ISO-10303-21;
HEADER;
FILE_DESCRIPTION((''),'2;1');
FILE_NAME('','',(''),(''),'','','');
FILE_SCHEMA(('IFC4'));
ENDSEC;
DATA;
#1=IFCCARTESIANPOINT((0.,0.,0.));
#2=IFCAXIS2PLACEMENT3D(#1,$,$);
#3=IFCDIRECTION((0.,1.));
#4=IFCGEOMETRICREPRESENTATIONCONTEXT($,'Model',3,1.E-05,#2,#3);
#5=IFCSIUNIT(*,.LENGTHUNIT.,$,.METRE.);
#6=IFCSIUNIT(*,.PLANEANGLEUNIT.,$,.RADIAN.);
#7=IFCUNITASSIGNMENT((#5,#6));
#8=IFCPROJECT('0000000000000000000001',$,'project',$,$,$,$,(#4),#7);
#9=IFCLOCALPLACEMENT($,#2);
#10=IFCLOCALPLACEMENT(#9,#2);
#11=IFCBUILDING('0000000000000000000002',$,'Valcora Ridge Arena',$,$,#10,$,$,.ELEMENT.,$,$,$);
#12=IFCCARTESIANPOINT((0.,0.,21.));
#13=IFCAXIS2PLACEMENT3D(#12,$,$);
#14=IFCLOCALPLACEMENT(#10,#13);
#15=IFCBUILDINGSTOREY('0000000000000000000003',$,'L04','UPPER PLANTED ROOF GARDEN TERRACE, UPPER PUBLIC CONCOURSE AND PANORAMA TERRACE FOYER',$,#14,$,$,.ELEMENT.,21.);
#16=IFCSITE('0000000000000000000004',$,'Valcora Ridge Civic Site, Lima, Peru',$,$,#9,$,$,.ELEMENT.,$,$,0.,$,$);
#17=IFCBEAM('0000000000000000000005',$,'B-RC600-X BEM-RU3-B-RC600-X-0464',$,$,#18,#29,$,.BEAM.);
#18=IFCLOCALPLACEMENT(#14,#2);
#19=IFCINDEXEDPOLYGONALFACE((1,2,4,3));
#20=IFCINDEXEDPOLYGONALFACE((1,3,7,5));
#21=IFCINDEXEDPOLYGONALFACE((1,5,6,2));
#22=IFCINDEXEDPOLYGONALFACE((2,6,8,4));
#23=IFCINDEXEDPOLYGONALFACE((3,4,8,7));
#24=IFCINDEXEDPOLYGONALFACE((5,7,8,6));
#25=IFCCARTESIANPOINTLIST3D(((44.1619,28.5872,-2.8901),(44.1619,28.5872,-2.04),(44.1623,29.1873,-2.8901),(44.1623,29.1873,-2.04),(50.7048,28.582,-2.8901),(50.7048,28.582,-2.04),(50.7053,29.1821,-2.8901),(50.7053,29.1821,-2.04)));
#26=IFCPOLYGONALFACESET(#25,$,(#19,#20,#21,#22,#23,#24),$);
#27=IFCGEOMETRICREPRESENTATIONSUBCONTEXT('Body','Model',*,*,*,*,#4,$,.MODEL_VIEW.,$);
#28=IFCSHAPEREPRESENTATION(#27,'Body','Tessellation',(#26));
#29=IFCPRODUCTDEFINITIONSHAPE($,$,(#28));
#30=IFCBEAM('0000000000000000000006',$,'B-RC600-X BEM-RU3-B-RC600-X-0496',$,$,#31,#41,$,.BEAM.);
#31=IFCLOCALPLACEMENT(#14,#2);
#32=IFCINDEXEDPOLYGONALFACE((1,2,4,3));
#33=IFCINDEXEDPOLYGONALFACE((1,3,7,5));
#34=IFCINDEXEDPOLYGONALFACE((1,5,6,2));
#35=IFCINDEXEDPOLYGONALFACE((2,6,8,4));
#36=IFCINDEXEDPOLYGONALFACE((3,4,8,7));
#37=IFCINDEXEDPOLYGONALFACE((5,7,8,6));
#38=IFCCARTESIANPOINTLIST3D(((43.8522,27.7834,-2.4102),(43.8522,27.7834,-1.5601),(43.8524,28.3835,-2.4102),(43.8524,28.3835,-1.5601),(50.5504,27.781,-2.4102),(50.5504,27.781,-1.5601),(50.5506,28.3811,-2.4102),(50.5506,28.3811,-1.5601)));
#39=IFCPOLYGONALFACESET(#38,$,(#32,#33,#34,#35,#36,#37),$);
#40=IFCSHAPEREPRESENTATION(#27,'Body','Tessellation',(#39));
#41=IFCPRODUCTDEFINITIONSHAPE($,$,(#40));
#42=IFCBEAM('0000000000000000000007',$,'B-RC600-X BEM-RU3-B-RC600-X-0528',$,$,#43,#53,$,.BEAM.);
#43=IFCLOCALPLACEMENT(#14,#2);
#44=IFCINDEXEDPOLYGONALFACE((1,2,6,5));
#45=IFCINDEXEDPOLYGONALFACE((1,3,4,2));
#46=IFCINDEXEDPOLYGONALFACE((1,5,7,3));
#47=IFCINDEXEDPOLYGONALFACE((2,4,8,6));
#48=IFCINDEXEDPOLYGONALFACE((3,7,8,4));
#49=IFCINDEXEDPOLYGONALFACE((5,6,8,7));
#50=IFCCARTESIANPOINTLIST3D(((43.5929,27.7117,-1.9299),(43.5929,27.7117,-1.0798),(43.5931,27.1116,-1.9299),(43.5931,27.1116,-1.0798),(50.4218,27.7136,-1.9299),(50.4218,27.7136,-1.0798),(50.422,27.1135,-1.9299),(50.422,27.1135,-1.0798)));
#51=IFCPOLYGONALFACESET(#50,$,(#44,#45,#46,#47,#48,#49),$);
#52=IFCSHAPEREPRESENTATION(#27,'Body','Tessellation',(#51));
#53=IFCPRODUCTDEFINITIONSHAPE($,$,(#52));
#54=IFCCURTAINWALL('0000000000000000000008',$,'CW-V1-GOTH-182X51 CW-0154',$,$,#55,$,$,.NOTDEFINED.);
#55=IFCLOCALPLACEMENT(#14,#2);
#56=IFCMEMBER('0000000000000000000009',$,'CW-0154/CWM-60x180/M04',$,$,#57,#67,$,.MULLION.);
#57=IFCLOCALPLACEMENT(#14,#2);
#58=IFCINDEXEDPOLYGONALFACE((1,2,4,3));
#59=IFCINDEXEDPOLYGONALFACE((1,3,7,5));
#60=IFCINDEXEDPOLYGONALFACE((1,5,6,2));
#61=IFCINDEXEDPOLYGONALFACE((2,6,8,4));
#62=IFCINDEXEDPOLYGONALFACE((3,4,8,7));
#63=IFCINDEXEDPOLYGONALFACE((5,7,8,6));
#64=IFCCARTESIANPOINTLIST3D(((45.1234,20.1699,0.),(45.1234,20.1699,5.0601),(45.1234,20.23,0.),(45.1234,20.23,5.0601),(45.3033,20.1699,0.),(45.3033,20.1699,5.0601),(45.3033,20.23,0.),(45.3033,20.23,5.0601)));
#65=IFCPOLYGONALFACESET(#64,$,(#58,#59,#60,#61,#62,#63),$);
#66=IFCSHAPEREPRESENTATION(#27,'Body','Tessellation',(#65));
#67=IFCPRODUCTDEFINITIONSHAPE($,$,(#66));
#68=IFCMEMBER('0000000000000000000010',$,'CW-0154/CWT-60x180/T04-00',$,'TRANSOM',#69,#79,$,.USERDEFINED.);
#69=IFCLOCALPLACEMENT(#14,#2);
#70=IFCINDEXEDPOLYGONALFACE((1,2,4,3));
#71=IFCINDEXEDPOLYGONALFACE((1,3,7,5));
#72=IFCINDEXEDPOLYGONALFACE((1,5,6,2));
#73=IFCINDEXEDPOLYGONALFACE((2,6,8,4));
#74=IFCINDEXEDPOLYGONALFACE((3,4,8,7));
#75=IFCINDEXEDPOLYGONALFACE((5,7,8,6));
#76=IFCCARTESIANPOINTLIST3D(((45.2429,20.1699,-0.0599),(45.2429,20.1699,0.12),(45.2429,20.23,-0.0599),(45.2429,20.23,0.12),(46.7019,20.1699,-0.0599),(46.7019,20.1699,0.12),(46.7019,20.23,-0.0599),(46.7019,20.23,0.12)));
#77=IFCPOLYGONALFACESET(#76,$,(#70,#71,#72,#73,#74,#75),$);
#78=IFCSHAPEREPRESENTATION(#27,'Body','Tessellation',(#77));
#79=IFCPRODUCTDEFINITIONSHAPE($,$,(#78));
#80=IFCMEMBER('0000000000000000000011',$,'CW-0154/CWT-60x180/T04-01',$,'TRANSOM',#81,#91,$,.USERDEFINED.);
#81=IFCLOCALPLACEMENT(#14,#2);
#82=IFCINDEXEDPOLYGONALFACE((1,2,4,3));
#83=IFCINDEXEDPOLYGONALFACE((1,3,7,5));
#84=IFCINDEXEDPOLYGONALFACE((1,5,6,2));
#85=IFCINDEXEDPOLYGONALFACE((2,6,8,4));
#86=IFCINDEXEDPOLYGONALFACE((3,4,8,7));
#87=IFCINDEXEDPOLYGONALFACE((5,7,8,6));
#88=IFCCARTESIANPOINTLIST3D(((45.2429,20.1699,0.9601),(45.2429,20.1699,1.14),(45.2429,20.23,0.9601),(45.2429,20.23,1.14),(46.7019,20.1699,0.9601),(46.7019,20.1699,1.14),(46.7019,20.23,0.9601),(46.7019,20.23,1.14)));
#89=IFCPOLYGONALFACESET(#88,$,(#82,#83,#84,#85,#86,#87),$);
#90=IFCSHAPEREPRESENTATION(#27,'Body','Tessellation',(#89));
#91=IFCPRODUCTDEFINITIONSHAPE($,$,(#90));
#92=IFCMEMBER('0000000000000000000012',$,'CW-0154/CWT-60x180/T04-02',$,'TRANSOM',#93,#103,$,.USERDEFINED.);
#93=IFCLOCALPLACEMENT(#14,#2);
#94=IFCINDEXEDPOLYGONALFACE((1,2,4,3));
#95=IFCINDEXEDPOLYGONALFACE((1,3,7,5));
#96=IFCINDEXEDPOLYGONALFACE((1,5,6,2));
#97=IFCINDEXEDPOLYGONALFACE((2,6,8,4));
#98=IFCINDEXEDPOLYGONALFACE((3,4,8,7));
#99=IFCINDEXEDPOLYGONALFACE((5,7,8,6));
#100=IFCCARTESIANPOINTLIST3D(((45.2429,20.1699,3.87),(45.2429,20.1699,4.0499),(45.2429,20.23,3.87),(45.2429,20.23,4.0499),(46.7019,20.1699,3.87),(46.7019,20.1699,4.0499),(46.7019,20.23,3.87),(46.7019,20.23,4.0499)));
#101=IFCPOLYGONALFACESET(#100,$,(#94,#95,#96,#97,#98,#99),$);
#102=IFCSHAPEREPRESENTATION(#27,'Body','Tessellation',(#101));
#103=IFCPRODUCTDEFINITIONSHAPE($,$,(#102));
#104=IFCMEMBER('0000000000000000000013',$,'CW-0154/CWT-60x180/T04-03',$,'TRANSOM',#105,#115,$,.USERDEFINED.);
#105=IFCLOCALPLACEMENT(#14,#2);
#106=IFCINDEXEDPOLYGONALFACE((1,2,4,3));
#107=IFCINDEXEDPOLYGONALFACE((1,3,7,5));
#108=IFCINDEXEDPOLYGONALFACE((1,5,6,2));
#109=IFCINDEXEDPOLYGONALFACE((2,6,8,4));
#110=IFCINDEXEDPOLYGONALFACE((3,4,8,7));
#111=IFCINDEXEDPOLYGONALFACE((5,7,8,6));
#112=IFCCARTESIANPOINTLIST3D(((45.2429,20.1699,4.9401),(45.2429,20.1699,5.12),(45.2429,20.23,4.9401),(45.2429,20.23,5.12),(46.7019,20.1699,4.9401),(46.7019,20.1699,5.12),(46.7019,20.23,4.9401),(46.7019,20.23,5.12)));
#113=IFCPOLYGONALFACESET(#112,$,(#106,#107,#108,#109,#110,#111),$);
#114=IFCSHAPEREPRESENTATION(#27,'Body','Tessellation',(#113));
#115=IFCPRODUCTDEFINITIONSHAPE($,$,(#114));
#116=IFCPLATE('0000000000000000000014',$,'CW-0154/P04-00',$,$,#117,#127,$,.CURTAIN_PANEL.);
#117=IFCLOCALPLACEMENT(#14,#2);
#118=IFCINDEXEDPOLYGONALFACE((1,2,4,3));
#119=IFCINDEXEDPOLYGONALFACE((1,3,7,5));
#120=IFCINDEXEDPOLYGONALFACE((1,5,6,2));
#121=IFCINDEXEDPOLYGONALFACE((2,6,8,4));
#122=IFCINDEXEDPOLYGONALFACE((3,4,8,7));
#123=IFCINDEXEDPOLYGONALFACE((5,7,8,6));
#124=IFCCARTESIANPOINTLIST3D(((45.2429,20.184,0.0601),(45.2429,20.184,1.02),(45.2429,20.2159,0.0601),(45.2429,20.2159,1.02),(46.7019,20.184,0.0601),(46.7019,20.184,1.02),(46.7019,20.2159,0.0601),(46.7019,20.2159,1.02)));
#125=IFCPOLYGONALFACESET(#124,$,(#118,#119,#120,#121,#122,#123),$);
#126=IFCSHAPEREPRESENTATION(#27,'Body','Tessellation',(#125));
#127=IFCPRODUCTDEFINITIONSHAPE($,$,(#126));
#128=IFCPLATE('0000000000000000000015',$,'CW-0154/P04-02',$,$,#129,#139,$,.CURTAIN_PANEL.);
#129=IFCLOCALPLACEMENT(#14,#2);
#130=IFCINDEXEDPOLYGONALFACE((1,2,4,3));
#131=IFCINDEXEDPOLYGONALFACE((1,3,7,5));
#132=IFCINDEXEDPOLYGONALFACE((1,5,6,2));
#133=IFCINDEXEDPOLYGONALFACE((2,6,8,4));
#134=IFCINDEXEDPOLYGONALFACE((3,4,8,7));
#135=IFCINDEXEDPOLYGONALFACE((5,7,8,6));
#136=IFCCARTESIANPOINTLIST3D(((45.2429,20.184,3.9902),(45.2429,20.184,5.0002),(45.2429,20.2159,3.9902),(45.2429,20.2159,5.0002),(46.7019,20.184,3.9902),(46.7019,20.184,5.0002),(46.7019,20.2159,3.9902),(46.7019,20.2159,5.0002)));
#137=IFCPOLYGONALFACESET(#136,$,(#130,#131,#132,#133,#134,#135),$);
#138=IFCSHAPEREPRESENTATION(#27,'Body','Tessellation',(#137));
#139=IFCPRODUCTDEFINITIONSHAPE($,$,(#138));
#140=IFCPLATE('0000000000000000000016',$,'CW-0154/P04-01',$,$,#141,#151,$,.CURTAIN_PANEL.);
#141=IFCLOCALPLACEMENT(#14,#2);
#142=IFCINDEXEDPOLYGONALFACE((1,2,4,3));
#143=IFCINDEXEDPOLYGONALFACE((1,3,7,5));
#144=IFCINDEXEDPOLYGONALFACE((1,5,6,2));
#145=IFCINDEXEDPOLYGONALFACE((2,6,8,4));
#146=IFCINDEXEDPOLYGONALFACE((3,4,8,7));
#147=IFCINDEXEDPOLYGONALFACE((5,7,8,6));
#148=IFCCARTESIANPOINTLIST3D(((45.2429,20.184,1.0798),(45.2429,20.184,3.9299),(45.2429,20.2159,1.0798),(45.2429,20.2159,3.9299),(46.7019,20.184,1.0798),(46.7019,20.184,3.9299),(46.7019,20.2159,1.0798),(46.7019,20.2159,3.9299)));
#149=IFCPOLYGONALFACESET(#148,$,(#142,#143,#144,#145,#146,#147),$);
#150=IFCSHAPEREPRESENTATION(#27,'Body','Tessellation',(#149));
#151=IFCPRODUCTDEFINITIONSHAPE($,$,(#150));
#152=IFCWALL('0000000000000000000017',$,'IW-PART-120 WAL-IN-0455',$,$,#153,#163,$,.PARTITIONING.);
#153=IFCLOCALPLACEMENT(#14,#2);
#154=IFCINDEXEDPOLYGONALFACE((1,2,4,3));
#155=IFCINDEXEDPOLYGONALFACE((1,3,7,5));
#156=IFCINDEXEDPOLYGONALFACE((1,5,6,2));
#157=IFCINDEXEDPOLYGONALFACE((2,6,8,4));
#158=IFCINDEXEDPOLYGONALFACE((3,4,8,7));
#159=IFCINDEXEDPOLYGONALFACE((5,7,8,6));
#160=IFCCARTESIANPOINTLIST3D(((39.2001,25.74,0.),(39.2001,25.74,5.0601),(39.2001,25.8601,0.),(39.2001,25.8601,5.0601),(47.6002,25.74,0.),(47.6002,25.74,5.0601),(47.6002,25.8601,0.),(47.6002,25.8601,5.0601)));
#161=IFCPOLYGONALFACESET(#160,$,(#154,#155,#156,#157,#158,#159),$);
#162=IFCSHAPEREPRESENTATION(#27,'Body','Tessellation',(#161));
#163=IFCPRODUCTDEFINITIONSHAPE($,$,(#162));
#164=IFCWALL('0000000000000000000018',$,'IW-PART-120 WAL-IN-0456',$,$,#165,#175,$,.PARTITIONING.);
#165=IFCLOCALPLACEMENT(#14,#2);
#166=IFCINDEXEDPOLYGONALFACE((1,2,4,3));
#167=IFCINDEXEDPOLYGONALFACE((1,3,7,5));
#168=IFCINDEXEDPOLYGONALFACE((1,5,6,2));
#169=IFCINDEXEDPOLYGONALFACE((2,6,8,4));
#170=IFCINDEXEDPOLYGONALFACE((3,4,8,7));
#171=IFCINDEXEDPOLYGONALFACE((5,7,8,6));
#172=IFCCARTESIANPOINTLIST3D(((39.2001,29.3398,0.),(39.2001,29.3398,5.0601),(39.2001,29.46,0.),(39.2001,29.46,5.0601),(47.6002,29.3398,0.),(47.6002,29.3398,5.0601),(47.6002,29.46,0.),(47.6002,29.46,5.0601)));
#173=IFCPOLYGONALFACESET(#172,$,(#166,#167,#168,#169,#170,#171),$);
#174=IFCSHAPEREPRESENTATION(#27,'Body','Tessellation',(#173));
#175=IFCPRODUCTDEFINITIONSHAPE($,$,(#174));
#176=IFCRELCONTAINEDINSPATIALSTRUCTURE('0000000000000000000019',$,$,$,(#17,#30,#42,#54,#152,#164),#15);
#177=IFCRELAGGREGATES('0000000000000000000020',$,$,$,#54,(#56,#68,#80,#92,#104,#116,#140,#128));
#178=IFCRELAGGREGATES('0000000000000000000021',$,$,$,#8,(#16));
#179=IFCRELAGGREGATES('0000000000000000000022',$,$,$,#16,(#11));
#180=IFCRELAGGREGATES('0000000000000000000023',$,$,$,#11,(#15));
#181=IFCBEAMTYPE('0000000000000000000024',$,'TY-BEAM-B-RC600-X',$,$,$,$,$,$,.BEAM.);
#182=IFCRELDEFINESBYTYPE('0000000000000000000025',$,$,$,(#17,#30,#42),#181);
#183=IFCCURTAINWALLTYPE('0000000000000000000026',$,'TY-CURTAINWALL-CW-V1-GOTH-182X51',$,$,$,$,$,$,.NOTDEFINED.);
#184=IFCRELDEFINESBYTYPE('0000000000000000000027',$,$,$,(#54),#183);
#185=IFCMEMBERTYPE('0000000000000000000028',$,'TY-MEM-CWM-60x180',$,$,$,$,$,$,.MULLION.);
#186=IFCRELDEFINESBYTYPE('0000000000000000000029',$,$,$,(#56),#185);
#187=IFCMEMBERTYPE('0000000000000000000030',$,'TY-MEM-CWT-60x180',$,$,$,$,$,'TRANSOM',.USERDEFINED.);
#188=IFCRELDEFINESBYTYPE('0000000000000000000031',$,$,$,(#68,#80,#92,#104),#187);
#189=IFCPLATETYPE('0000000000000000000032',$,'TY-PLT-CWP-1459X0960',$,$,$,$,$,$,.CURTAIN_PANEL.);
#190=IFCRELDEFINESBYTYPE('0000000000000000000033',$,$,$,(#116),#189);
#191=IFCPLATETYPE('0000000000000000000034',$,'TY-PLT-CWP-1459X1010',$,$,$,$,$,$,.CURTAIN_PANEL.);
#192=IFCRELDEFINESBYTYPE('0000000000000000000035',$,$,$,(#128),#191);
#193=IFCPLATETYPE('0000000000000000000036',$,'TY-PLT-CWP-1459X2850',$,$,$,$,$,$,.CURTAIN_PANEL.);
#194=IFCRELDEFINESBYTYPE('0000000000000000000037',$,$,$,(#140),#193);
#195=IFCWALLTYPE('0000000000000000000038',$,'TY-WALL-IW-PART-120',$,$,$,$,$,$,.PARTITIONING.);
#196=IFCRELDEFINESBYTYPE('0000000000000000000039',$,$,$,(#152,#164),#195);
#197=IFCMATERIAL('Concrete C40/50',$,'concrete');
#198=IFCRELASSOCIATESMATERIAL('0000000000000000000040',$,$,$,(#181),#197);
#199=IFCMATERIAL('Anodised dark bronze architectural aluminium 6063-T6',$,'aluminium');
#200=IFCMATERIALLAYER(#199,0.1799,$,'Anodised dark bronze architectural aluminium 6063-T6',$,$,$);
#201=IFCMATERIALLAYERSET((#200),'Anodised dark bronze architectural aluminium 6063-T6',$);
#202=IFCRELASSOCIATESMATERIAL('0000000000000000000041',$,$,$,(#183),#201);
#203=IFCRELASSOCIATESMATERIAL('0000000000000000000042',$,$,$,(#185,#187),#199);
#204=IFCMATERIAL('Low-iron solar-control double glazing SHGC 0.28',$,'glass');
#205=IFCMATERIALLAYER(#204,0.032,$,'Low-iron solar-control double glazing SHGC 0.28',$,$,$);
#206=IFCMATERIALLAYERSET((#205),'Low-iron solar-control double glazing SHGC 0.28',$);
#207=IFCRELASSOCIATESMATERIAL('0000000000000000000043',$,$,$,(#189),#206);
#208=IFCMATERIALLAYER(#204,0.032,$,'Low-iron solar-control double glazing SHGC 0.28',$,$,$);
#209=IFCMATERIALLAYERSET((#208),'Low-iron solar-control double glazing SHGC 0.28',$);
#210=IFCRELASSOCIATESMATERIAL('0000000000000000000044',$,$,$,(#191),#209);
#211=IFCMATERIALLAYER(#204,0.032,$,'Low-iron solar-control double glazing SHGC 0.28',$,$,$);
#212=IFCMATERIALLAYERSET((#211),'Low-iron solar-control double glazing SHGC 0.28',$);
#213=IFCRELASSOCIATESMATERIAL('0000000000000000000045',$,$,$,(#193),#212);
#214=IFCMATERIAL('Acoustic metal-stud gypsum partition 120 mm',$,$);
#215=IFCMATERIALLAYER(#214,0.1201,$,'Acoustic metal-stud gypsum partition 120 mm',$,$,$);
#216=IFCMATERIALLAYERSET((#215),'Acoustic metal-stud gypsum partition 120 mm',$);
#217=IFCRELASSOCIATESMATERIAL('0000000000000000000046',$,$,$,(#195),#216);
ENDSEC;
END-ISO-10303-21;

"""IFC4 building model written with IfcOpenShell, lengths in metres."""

from ifc_helpers import new_model, si_unit, direction, frame, frame_2d, origin, origin_2d, place, context, subcontext, project, spatial, rectangle, extrude, material, layer, layer_set, material_profile, profile_set, type_object, element, aggregate, save


model = new_model("IFC4")

# Units and contexts
model_context = context("Model", 3, precision=1e-05, world=origin(), true_north=direction((0.0, 1.0)))
body_context = subcontext(model_context, "Body", "Model", "MODEL_VIEW")
ifc_project = project(units=[si_unit("LENGTHUNIT", "METRE"), si_unit("PLANEANGLEUNIT", "RADIAN")], contexts=[model_context])

# Site, building, storey
site_placement = place(None, origin())
site = spatial("IfcSite", under=ifc_project, at=site_placement, Name="Valcora Ridge Civic Site, Lima, Peru", CompositionType="ELEMENT", RefElevation=0.0)
building_placement = place(site_placement, origin())
building = spatial("IfcBuilding", under=site, at=building_placement, Name="Valcora Ridge Arena", CompositionType="ELEMENT")
storey_placement = place(building_placement, frame((0.0, 0.0, 21.0)))
storey = spatial("IfcBuildingStorey", under=building, at=storey_placement, Name="L04", Description="UPPER PLANTED ROOF GARDEN TERRACE, UPPER PUBLIC CONCOURSE AND PANORAMA TERRACE FOYER", CompositionType="ELEMENT", Elevation=21.0)

# Beams
ifc_material_1 = material(Name="Concrete C40/50", Category="concrete")
ifc_material_profile_1 = material_profile(ifc_material_1, rectangle(XDim=0.6001, YDim=0.8501, at=origin_2d()), Name="RC 600x850")
ifc_profile_set_1 = profile_set([ifc_material_profile_1], Name="Concrete C40/50")
beam_type = type_object("IfcBeamType", Name="TY-BEAM-B-RC600-X", PredefinedType="BEAM", material=ifc_profile_set_1)
beam_1_placement = place(storey_placement, frame((44.1621, 28.8872, -2.4651), z_axis=(1.0, -0.000784, 0.0), x_axis=(0.000784, 1.0, 0.0)))
element("IfcBeam", 1, at=beam_1_placement, inside=storey, type_object=beam_type, Name="B-RC600-X BEM-RU3-B-RC600-X-0464", PredefinedType="BEAM", context=body_context, shape_type="SweptSolid", body=[
    extrude(rectangle(XDim=0.6001, YDim=0.8501, at=origin_2d()), origin(), (0.0, 0.0, 1.0), 6.543),
])
beam_2_placement = place(storey_placement, frame((43.8523, 28.0835, -1.9851), z_axis=(1.0, -0.000364, 0.0), x_axis=(0.000364, 1.0, 0.0)))
element("IfcBeam", 2, at=beam_2_placement, inside=storey, type_object=beam_type, Name="B-RC600-X BEM-RU3-B-RC600-X-0496", PredefinedType="BEAM", context=body_context, shape_type="SweptSolid", body=[
    extrude(rectangle(XDim=0.6001, YDim=0.8501, at=origin_2d()), origin(), (0.0, 0.0, 1.0), 6.6982),
])
beam_3_placement = place(storey_placement, frame((43.593, 27.4116, -1.5049), z_axis=(1.0, 0.000286, 0.0), x_axis=(-0.000286, 1.0, 0.0)))
element("IfcBeam", 3, at=beam_3_placement, inside=storey, type_object=beam_type, Name="B-RC600-X BEM-RU3-B-RC600-X-0528", PredefinedType="BEAM", context=body_context, shape_type="SweptSolid", body=[
    extrude(rectangle(XDim=0.6001, YDim=0.8501, at=origin_2d()), origin(), (0.0, 0.0, 1.0), 6.8289),
])

# Curtain wall, members, plates
ifc_material_2 = material(Name="Anodised dark bronze architectural aluminium 6063-T6", Category="aluminium")
ifc_layer_1 = layer(ifc_material_2, 0.1799, Name="Anodised dark bronze architectural aluminium 6063-T6")
ifc_layer_set_1 = layer_set([ifc_layer_1], Name="Anodised dark bronze architectural aluminium 6063-T6")
curtain_wall_type = type_object("IfcCurtainWallType", Name="TY-CURTAINWALL-CW-V1-GOTH-182X51", PredefinedType="NOTDEFINED", material=ifc_layer_set_1)
curtain_wall_placement = place(storey_placement, origin())
curtain_wall = element("IfcCurtainWall", 4, at=curtain_wall_placement, inside=storey, type_object=curtain_wall_type, Name="CW-V1-GOTH-182X51 CW-0154", PredefinedType="NOTDEFINED")
ifc_material_profile_2 = material_profile(ifc_material_2, rectangle(XDim=0.0601, YDim=0.1799, at=origin_2d()), Name="ALU MULLION 60x180")
ifc_profile_set_2 = profile_set([ifc_material_profile_2], Name="Anodised dark bronze architectural aluminium 6063-T6")
member_type_1 = type_object("IfcMemberType", Name="TY-MEM-CWM-60x180", PredefinedType="MULLION", material=ifc_profile_set_2)
member_1_placement = place(storey_placement, frame((45.2134, 20.2, 0.0), z_axis=(0.0, 0.0, 1.0), x_axis=(0.0, 1.0, 0.0)))
member_1 = element("IfcMember", 5, at=member_1_placement, type_object=member_type_1, Name="CW-0154/CWM-60x180/M04", PredefinedType="MULLION", context=body_context, shape_type="SweptSolid", body=[
    extrude(rectangle(XDim=0.0601, YDim=0.1799, at=origin_2d()), origin(), (0.0, 0.0, 1.0), 5.0601),
])
ifc_material_profile_3 = material_profile(ifc_material_2, rectangle(XDim=0.0601, YDim=0.1799, at=origin_2d()), Name="ALU TRANSOM 60x180")
ifc_profile_set_3 = profile_set([ifc_material_profile_3], Name="Anodised dark bronze architectural aluminium 6063-T6")
member_type_2 = type_object("IfcMemberType", Name="TY-MEM-CWT-60x180", ElementType="TRANSOM", PredefinedType="USERDEFINED", material=ifc_profile_set_3)
member_2_placement = place(storey_placement, frame((45.2429, 20.2, 0.03), z_axis=(1.0, 0.0, 0.0), x_axis=(0.0, 1.0, 0.0)))
member_2 = element("IfcMember", 6, at=member_2_placement, type_object=member_type_2, Name="CW-0154/CWT-60x180/T04-00", ObjectType="TRANSOM", PredefinedType="USERDEFINED", context=body_context, shape_type="SweptSolid", body=[
    extrude(rectangle(XDim=0.0601, YDim=0.1799, at=origin_2d()), origin(), (0.0, 0.0, 1.0), 1.459),
])
member_3_placement = place(storey_placement, frame((45.2429, 20.2, 1.05), z_axis=(1.0, 0.0, 0.0), x_axis=(0.0, 1.0, 0.0)))
member_3 = element("IfcMember", 7, at=member_3_placement, type_object=member_type_2, Name="CW-0154/CWT-60x180/T04-01", ObjectType="TRANSOM", PredefinedType="USERDEFINED", context=body_context, shape_type="SweptSolid", body=[
    extrude(rectangle(XDim=0.0601, YDim=0.1799, at=origin_2d()), origin(), (0.0, 0.0, 1.0), 1.459),
])
member_4_placement = place(storey_placement, frame((45.2429, 20.2, 3.96), z_axis=(1.0, 0.0, 0.0), x_axis=(0.0, 1.0, 0.0)))
member_4 = element("IfcMember", 8, at=member_4_placement, type_object=member_type_2, Name="CW-0154/CWT-60x180/T04-02", ObjectType="TRANSOM", PredefinedType="USERDEFINED", context=body_context, shape_type="SweptSolid", body=[
    extrude(rectangle(XDim=0.0601, YDim=0.1799, at=origin_2d()), origin(), (0.0, 0.0, 1.0), 1.459),
])
member_5_placement = place(storey_placement, frame((45.2429, 20.2, 5.03), z_axis=(1.0, 0.0, 0.0), x_axis=(0.0, 1.0, 0.0)))
member_5 = element("IfcMember", 9, at=member_5_placement, type_object=member_type_2, Name="CW-0154/CWT-60x180/T04-03", ObjectType="TRANSOM", PredefinedType="USERDEFINED", context=body_context, shape_type="SweptSolid", body=[
    extrude(rectangle(XDim=0.0601, YDim=0.1799, at=origin_2d()), origin(), (0.0, 0.0, 1.0), 1.459),
])
ifc_material_3 = material(Name="Low-iron solar-control double glazing SHGC 0.28", Category="glass")
ifc_layer_2 = layer(ifc_material_3, 0.032, Name="Low-iron solar-control double glazing SHGC 0.28")
ifc_layer_set_2 = layer_set([ifc_layer_2], Name="Low-iron solar-control double glazing SHGC 0.28")
plate_type_1 = type_object("IfcPlateType", Name="TY-PLT-CWP-1459X0960", PredefinedType="CURTAIN_PANEL", material=ifc_layer_set_2)
plate_1_placement = place(storey_placement, frame((45.9724, 20.2, 0.0601), z_axis=(0.0, 0.0, 1.0), x_axis=(1.0, 0.0, 0.0)))
plate_1 = element("IfcPlate", 10, at=plate_1_placement, type_object=plate_type_1, Name="CW-0154/P04-00", PredefinedType="CURTAIN_PANEL", context=body_context, shape_type="SweptSolid", body=[
    extrude(rectangle(XDim=1.459, YDim=0.032, at=origin_2d()), origin(), (0.0, 0.0, 1.0), 0.96),
])
ifc_layer_3 = layer(ifc_material_3, 0.032, Name="Low-iron solar-control double glazing SHGC 0.28")
ifc_layer_set_3 = layer_set([ifc_layer_3], Name="Low-iron solar-control double glazing SHGC 0.28")
plate_type_2 = type_object("IfcPlateType", Name="TY-PLT-CWP-1459X1010", PredefinedType="CURTAIN_PANEL", material=ifc_layer_set_3)
plate_2_placement = place(storey_placement, frame((45.9724, 20.2, 3.9902), z_axis=(0.0, 0.0, 1.0), x_axis=(1.0, 0.0, 0.0)))
plate_2 = element("IfcPlate", 11, at=plate_2_placement, type_object=plate_type_2, Name="CW-0154/P04-02", PredefinedType="CURTAIN_PANEL", context=body_context, shape_type="SweptSolid", body=[
    extrude(rectangle(XDim=1.459, YDim=0.032, at=origin_2d()), origin(), (0.0, 0.0, 1.0), 1.01),
])
ifc_layer_4 = layer(ifc_material_3, 0.032, Name="Low-iron solar-control double glazing SHGC 0.28")
ifc_layer_set_4 = layer_set([ifc_layer_4], Name="Low-iron solar-control double glazing SHGC 0.28")
plate_type_3 = type_object("IfcPlateType", Name="TY-PLT-CWP-1459X2850", PredefinedType="CURTAIN_PANEL", material=ifc_layer_set_4)
plate_3_placement = place(storey_placement, frame((45.9724, 20.2, 1.0798), z_axis=(0.0, 0.0, 1.0), x_axis=(1.0, 0.0, 0.0)))
plate_3 = element("IfcPlate", 12, at=plate_3_placement, type_object=plate_type_3, Name="CW-0154/P04-01", PredefinedType="CURTAIN_PANEL", context=body_context, shape_type="SweptSolid", body=[
    extrude(rectangle(XDim=1.459, YDim=0.032, at=origin_2d()), origin(), (0.0, 0.0, 1.0), 2.8501),
])
aggregate(curtain_wall, [member_1, member_2, member_3, member_4, member_5, plate_1, plate_3, plate_2])

# Walls
ifc_material_4 = material(Name="Acoustic metal-stud gypsum partition 120 mm")
ifc_layer_5 = layer(ifc_material_4, 0.1201, Name="Acoustic metal-stud gypsum partition 120 mm")
ifc_layer_set_5 = layer_set([ifc_layer_5], Name="Acoustic metal-stud gypsum partition 120 mm")
wall_type_1 = type_object("IfcWallType", Name="TY-WALL-IW-PART-120", PredefinedType="PARTITIONING", material=ifc_layer_set_5)
for number, where, z_axis, x_axis, name in (
    (13, (39.2, 25.8, 0.0), (0.0, 0.0, 1.0), (1.0, 0.0, 0.0), "IW-PART-120 WAL-IN-0455"),
    (14, (39.2, 29.3999, 0.0), (0.0, 0.0, 1.0), (1.0, 0.0, 0.0), "IW-PART-120 WAL-IN-0456"),
):
    element("IfcWall", number, at=place(storey_placement, frame(where, z_axis=z_axis, x_axis=x_axis)), inside=storey, type_object=wall_type_1, Name=name, PredefinedType="PARTITIONING", context=body_context, shape_type="SweptSolid", body=[
        extrude(rectangle(XDim=8.4001, YDim=0.1201, at=frame_2d((4.2002, 0.0))), origin(), (0.0, 0.0, 1.0), 5.0601),
    ])

save(model, "model.ifc")
